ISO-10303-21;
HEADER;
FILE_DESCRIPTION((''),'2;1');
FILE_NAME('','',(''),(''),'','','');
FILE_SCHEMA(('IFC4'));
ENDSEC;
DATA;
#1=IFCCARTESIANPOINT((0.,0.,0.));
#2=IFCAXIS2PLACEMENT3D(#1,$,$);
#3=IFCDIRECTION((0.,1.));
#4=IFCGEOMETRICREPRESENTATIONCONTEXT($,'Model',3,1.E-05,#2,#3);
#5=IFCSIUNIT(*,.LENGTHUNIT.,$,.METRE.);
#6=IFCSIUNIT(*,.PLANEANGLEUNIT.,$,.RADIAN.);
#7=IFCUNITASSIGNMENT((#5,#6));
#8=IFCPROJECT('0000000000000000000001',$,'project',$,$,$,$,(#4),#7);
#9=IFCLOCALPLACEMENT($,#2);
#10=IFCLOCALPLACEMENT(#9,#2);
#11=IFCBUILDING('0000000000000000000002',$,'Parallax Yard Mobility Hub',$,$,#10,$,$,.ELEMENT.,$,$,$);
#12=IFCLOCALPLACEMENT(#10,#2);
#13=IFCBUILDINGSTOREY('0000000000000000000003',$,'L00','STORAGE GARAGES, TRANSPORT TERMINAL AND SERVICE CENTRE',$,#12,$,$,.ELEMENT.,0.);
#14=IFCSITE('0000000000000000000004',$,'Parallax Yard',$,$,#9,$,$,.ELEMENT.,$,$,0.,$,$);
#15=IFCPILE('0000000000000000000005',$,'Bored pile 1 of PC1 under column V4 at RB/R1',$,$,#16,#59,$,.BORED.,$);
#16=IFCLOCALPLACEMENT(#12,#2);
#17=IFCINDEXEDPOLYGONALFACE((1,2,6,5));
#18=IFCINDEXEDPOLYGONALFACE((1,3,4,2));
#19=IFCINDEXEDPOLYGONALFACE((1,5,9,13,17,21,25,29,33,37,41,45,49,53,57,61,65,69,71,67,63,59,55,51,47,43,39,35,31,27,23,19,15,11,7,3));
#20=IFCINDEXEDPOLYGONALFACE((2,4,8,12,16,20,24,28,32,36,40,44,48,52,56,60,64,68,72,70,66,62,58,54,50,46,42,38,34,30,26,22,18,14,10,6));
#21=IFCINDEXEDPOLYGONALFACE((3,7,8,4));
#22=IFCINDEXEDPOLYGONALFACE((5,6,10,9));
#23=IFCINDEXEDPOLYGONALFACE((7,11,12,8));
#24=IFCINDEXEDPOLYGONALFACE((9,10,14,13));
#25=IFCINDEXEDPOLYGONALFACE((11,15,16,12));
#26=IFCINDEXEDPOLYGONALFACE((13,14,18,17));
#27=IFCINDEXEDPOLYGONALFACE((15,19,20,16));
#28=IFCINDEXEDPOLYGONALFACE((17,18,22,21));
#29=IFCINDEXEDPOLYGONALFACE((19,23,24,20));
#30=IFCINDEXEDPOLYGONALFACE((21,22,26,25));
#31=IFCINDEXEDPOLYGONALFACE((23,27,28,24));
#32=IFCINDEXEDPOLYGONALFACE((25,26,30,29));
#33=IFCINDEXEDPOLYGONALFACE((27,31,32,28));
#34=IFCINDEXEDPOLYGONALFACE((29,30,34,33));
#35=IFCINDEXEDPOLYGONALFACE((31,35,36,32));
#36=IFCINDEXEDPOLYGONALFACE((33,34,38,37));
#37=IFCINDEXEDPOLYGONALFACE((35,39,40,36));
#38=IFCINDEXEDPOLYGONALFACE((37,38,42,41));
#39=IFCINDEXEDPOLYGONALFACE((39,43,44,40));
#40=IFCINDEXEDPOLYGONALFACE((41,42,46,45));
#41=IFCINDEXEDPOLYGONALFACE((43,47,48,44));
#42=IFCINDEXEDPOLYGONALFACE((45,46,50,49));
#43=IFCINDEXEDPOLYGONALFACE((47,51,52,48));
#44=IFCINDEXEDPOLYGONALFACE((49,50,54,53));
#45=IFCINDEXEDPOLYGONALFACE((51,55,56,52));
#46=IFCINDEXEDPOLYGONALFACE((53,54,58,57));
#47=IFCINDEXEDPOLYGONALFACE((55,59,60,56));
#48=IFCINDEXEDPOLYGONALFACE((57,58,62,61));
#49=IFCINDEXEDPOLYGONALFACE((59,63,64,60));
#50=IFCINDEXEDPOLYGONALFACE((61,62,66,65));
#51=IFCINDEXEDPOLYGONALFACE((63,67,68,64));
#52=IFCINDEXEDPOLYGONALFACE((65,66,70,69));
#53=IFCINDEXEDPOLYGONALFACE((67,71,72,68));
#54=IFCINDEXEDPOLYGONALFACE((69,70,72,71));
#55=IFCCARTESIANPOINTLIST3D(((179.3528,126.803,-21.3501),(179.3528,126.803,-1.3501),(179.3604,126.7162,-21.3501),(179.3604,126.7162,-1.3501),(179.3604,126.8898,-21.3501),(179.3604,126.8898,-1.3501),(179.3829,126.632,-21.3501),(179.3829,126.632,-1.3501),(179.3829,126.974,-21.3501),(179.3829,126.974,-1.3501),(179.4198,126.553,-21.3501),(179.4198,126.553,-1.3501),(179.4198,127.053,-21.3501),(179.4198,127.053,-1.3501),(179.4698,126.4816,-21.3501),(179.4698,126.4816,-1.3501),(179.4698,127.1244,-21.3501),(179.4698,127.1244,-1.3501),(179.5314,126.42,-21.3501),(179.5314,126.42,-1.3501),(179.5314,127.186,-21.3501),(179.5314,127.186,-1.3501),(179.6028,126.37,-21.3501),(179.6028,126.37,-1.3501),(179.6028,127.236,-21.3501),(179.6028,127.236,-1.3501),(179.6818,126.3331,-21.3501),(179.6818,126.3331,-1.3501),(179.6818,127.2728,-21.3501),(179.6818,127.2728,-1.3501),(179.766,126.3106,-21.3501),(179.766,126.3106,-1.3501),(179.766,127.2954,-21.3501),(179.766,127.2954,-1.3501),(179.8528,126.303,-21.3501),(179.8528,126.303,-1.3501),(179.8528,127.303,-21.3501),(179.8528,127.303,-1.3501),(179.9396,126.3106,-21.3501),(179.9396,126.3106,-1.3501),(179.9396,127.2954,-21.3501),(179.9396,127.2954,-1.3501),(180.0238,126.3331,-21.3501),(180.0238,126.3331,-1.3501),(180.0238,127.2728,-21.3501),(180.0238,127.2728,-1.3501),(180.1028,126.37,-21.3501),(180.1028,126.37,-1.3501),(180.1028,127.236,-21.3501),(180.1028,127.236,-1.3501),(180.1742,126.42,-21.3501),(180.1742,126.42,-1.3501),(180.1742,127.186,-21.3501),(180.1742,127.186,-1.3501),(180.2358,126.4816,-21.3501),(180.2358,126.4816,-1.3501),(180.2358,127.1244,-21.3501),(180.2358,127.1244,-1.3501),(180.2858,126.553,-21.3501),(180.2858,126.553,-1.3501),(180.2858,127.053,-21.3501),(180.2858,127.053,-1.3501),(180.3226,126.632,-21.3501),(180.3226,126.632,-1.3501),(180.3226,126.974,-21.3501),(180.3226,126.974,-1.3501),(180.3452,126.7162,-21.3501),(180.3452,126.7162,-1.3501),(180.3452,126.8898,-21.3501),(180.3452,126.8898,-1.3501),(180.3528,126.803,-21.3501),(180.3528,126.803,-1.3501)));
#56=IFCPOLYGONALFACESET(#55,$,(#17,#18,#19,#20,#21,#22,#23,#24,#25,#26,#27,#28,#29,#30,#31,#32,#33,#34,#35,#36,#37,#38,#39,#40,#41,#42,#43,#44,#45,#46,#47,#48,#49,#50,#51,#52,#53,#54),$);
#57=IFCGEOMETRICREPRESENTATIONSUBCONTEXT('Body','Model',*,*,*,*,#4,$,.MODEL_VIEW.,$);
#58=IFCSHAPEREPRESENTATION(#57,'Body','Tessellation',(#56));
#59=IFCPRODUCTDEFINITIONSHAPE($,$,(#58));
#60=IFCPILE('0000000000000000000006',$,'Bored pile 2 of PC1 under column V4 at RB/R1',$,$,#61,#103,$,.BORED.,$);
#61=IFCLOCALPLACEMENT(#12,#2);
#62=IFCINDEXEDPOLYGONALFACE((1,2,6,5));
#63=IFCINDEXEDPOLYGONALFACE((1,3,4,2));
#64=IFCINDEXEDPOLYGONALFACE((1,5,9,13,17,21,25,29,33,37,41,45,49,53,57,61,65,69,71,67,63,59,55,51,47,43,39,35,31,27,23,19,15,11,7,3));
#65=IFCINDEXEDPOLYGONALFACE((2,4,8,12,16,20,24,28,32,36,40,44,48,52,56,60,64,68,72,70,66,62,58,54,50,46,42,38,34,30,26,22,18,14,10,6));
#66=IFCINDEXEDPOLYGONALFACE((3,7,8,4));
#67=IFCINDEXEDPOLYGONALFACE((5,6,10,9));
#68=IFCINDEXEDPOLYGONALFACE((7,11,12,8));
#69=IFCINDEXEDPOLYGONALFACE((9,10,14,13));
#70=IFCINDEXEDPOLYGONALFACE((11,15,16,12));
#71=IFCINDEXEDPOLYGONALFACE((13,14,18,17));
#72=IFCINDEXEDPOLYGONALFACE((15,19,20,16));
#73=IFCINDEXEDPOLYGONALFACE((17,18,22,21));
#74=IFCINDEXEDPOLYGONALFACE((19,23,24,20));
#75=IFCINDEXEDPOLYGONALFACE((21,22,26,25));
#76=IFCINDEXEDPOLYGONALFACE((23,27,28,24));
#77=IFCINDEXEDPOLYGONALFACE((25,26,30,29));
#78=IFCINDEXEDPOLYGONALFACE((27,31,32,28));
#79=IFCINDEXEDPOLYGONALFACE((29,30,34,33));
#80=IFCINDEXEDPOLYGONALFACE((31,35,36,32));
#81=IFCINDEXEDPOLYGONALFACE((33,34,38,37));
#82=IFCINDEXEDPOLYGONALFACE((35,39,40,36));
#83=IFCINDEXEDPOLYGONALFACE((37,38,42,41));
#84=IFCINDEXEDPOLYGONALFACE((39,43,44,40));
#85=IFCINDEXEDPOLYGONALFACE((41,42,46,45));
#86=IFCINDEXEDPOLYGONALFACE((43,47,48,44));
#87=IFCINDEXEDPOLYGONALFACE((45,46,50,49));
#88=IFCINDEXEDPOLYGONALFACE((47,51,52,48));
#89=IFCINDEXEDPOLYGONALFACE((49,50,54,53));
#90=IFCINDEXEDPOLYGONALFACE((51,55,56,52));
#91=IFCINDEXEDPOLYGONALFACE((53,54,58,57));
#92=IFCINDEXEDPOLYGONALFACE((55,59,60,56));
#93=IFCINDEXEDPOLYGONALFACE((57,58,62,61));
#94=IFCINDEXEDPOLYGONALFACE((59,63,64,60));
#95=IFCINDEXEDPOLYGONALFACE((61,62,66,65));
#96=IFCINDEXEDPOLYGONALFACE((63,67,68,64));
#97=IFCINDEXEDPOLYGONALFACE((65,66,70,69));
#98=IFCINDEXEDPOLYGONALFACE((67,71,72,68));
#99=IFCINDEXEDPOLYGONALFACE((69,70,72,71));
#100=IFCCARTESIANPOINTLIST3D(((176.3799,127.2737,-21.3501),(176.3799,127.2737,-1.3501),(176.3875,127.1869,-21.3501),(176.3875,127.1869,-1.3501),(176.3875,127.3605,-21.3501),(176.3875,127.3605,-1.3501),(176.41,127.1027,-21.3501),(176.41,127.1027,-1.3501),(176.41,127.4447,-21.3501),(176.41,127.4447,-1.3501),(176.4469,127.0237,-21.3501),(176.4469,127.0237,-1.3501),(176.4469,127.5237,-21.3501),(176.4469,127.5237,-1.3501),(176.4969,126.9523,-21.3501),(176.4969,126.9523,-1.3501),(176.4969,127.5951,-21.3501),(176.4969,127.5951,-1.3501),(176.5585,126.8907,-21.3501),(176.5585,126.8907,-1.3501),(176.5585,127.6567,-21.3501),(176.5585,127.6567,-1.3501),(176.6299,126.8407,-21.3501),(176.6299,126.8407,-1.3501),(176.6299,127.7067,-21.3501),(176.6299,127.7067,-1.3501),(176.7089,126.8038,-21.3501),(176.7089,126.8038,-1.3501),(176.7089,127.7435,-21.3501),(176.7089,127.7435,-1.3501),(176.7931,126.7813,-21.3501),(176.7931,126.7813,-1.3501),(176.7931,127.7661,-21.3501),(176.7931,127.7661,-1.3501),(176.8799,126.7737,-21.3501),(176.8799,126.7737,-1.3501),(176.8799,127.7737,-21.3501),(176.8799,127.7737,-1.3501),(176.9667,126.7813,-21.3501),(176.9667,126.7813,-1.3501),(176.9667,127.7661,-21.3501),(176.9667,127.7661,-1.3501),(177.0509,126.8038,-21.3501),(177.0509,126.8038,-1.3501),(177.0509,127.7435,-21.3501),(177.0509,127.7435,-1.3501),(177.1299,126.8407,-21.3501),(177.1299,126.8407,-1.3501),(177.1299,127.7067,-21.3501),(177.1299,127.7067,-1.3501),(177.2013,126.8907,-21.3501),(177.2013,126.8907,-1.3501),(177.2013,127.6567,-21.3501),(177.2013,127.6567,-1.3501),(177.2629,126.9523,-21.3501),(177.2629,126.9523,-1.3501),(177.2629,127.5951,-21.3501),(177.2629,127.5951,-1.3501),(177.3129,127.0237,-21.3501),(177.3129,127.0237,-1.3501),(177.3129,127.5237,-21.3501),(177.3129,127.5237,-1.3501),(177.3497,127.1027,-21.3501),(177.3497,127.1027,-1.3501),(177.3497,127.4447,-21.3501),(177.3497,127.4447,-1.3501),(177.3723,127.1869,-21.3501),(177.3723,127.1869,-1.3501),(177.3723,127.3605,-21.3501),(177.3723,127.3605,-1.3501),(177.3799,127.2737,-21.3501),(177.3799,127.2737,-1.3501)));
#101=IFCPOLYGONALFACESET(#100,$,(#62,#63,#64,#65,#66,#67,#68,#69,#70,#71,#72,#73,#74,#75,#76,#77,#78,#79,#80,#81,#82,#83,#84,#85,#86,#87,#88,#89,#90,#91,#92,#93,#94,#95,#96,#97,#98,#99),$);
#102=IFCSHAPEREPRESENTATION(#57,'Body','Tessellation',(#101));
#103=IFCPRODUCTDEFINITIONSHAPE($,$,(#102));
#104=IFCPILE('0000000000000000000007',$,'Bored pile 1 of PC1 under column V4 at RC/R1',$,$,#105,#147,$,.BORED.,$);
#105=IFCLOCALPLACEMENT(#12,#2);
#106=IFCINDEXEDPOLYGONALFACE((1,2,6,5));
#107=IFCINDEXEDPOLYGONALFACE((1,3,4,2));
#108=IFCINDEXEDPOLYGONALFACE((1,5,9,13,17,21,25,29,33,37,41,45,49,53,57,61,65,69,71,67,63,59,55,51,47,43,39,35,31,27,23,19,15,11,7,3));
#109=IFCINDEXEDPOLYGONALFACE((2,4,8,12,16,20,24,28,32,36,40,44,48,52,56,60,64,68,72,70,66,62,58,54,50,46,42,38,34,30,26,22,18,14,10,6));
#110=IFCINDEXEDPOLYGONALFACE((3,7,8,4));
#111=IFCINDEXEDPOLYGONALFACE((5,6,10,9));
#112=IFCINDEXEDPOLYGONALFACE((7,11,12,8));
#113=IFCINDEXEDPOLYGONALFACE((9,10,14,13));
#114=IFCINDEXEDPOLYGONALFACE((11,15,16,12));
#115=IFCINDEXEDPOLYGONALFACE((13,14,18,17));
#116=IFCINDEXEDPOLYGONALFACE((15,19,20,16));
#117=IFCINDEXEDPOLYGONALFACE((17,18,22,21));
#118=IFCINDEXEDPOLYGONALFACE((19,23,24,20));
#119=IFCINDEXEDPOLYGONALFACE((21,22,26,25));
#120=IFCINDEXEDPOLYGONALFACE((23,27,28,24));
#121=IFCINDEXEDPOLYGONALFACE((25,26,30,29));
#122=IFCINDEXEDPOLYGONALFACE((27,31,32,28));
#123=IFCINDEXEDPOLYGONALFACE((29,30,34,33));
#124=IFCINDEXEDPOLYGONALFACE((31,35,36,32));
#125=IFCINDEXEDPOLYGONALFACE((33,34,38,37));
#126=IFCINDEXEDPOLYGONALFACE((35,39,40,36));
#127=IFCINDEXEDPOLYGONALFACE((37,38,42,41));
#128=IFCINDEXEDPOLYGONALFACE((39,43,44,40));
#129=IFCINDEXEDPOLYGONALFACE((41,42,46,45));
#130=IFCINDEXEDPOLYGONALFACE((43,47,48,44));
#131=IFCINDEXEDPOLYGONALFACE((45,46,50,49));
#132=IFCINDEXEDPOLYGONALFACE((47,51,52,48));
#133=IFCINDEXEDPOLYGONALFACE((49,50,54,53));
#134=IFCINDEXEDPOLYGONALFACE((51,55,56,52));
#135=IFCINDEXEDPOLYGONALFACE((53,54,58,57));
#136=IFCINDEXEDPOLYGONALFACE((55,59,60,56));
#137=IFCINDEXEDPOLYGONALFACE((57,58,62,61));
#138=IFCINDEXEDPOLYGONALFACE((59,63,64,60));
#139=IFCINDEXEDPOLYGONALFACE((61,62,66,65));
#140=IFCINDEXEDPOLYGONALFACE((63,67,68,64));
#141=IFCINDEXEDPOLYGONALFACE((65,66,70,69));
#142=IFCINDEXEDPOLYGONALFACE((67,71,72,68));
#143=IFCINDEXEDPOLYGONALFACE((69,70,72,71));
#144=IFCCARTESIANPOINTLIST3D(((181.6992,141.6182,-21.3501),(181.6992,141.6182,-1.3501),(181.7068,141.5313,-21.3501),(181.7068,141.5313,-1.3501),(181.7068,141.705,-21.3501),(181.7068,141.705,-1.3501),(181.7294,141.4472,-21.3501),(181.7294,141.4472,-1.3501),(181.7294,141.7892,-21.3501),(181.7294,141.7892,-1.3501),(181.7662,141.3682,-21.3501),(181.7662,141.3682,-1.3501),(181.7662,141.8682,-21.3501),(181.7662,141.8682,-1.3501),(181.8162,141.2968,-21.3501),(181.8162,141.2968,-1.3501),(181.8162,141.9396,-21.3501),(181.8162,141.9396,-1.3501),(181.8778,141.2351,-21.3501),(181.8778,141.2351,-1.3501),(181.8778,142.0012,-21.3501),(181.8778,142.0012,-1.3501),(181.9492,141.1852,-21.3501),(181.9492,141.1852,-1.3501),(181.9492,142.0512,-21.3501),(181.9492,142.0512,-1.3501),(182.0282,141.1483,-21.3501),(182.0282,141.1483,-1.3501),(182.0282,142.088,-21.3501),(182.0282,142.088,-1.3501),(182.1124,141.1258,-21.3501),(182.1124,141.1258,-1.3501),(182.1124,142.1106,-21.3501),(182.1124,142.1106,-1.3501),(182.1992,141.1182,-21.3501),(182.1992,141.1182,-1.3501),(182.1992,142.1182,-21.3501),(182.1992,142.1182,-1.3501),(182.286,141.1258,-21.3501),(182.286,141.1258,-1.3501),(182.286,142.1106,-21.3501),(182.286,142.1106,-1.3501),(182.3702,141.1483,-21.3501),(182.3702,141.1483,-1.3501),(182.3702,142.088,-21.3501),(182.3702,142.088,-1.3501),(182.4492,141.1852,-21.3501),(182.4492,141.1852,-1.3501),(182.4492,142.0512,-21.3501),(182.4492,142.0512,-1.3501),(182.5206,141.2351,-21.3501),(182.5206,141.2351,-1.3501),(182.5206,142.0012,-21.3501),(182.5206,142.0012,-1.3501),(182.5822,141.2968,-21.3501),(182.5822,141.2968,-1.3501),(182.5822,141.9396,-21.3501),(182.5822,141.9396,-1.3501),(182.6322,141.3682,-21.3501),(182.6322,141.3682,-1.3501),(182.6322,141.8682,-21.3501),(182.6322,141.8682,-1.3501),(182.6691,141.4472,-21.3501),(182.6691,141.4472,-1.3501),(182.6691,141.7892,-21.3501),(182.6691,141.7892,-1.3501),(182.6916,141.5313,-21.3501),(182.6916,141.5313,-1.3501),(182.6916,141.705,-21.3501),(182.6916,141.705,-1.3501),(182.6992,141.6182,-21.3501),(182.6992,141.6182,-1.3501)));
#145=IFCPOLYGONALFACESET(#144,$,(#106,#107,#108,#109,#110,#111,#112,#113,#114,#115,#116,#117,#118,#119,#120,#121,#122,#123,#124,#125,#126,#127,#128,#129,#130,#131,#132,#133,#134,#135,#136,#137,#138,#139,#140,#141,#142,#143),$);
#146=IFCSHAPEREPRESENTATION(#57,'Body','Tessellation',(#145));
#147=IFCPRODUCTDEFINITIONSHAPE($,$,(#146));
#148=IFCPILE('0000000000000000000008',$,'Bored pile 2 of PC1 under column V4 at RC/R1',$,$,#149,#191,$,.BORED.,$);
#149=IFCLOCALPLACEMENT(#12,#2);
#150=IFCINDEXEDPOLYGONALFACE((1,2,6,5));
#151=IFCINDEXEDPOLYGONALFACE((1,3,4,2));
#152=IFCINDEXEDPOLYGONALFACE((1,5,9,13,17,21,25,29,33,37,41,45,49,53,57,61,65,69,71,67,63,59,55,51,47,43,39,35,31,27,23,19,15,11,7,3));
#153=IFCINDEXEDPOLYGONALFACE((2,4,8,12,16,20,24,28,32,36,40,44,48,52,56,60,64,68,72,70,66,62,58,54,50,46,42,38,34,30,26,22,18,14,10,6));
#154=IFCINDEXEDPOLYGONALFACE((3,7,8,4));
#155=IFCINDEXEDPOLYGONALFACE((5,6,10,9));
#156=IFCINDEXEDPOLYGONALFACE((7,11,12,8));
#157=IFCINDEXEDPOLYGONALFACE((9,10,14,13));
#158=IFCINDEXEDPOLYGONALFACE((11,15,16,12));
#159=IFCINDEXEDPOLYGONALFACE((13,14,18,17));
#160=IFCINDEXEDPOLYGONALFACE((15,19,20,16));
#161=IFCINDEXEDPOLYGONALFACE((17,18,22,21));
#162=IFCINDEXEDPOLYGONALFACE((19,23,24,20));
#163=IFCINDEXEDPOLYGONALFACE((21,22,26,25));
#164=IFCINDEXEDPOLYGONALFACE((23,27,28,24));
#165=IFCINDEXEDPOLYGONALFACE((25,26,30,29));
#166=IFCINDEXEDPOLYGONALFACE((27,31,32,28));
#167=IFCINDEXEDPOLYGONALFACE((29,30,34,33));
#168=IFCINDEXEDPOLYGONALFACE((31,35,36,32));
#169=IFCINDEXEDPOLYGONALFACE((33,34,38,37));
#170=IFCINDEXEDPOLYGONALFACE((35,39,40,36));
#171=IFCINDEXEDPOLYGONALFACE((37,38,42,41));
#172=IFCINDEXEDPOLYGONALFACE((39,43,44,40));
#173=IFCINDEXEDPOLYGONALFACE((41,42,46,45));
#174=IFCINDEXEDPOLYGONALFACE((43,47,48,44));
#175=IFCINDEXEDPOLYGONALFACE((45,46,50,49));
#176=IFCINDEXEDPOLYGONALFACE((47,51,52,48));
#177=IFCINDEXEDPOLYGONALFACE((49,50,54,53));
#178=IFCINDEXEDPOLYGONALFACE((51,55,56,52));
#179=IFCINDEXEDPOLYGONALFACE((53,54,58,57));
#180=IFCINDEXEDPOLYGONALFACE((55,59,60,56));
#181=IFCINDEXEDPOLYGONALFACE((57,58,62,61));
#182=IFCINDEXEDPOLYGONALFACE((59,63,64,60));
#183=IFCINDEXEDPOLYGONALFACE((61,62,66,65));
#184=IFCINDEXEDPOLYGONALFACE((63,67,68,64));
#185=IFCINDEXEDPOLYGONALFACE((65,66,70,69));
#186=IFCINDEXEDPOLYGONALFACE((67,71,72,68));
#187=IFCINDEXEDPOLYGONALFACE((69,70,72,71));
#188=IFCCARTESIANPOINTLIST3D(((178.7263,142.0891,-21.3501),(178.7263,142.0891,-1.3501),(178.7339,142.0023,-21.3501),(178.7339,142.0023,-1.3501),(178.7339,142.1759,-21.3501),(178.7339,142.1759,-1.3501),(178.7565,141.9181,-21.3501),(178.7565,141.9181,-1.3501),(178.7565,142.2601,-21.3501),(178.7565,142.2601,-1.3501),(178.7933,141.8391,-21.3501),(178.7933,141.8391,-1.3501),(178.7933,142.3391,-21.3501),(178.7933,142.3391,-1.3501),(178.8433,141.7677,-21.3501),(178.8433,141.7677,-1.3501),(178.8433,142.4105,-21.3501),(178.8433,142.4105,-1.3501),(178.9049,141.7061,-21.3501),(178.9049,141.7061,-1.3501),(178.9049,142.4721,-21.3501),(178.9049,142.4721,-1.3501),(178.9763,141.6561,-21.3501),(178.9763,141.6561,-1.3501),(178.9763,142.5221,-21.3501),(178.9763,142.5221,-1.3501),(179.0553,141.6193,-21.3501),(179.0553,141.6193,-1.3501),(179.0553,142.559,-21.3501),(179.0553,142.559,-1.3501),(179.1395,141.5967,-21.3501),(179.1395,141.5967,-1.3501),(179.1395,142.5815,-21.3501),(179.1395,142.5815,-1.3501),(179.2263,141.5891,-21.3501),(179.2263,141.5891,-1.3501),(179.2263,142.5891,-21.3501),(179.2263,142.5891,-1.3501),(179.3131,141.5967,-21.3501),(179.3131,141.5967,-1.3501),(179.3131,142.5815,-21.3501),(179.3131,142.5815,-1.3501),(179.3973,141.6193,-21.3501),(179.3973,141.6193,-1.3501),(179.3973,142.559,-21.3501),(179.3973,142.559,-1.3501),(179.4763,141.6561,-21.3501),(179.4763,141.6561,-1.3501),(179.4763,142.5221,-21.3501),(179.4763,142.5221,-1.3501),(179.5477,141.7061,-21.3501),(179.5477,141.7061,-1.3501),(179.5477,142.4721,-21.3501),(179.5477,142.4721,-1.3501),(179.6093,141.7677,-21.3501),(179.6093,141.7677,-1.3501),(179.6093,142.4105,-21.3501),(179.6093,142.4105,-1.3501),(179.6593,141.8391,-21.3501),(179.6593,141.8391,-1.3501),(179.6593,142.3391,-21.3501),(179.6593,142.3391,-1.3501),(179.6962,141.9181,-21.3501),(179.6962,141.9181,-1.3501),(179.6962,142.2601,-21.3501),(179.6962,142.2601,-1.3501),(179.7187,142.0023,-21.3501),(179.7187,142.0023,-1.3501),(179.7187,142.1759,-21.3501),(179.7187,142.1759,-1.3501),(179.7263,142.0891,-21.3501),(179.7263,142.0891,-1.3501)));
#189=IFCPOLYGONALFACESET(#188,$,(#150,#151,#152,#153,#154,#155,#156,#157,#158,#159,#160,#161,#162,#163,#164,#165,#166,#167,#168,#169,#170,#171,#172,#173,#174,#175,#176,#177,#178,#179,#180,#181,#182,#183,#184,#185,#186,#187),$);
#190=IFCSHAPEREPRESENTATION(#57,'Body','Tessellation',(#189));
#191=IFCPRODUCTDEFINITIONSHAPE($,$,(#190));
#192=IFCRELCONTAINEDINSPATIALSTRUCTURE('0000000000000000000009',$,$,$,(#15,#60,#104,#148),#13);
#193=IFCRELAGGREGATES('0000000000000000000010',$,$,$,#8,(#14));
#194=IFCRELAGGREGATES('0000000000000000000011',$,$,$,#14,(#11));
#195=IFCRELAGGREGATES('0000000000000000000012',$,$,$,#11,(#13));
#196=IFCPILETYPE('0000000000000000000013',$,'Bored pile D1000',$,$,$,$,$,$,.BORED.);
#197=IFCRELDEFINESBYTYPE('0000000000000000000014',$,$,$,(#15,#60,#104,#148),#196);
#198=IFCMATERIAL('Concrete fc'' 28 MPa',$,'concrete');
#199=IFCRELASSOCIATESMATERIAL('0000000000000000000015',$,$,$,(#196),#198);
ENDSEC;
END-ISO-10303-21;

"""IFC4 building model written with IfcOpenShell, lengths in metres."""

from ifc_helpers import new_model, si_unit, direction, frame, origin, origin_2d, place, context, subcontext, project, spatial, circle, extrude, material, material_profile, profile_set, type_object, element, save


model = new_model("IFC4")

# Units and contexts
model_context = context("Model", 3, precision=1e-05, world=origin(), true_north=direction((0.0, 1.0)))
body_context = subcontext(model_context, "Body", "Model", "MODEL_VIEW")
ifc_project = project(units=[si_unit("LENGTHUNIT", "METRE"), si_unit("PLANEANGLEUNIT", "RADIAN")], contexts=[model_context])

# Site, building, storey
site_placement = place(None, origin())
site = spatial("IfcSite", under=ifc_project, at=site_placement, Name="Parallax Yard", CompositionType="ELEMENT", RefElevation=0.0)
building_placement = place(site_placement, origin())
building = spatial("IfcBuilding", under=site, at=building_placement, Name="Parallax Yard Mobility Hub", CompositionType="ELEMENT")
storey_placement = place(building_placement, origin())
storey = spatial("IfcBuildingStorey", under=building, at=storey_placement, Name="L00", Description="STORAGE GARAGES, TRANSPORT TERMINAL AND SERVICE CENTRE", CompositionType="ELEMENT", Elevation=0.0)

# Piles
ifc_material_1 = material(Name="Concrete fc' 28 MPa", Category="concrete")
ifc_material_profile_1 = material_profile(ifc_material_1, circle(Radius=0.5, at=origin_2d()), Name="Bored pile D1000")
ifc_profile_set_1 = profile_set([ifc_material_profile_1], Name="Concrete fc' 28 MPa")
pile_type = type_object("IfcPileType", Name="Bored pile D1000", PredefinedType="BORED", material=ifc_profile_set_1)
for number, where, z_axis, x_axis, name in (
    (1, (179.8528, 126.803, -1.3501), (0.0, 0.0, -1.0), (1.0, 0.0, 0.0), "Bored pile 1 of PC1 under column V4 at RB/R1"),
    (2, (176.8799, 127.2737, -1.3501), (0.0, 0.0, -1.0), (1.0, 0.0, 0.0), "Bored pile 2 of PC1 under column V4 at RB/R1"),
    (3, (182.1992, 141.6182, -1.3501), (0.0, 0.0, -1.0), (1.0, 0.0, 0.0), "Bored pile 1 of PC1 under column V4 at RC/R1"),
    (4, (179.2263, 142.0891, -1.3501), (0.0, 0.0, -1.0), (1.0, 0.0, 0.0), "Bored pile 2 of PC1 under column V4 at RC/R1"),
):
    element("IfcPile", number, at=place(storey_placement, frame(where, z_axis=z_axis, x_axis=x_axis)), inside=storey, type_object=pile_type, Name=name, PredefinedType="BORED", context=body_context, shape_type="SweptSolid", body=[
        extrude(circle(Radius=0.5, at=origin_2d()), origin(), (0.0, 0.0, 1.0), 20.0),
    ])

save(model, "model.ifc")
